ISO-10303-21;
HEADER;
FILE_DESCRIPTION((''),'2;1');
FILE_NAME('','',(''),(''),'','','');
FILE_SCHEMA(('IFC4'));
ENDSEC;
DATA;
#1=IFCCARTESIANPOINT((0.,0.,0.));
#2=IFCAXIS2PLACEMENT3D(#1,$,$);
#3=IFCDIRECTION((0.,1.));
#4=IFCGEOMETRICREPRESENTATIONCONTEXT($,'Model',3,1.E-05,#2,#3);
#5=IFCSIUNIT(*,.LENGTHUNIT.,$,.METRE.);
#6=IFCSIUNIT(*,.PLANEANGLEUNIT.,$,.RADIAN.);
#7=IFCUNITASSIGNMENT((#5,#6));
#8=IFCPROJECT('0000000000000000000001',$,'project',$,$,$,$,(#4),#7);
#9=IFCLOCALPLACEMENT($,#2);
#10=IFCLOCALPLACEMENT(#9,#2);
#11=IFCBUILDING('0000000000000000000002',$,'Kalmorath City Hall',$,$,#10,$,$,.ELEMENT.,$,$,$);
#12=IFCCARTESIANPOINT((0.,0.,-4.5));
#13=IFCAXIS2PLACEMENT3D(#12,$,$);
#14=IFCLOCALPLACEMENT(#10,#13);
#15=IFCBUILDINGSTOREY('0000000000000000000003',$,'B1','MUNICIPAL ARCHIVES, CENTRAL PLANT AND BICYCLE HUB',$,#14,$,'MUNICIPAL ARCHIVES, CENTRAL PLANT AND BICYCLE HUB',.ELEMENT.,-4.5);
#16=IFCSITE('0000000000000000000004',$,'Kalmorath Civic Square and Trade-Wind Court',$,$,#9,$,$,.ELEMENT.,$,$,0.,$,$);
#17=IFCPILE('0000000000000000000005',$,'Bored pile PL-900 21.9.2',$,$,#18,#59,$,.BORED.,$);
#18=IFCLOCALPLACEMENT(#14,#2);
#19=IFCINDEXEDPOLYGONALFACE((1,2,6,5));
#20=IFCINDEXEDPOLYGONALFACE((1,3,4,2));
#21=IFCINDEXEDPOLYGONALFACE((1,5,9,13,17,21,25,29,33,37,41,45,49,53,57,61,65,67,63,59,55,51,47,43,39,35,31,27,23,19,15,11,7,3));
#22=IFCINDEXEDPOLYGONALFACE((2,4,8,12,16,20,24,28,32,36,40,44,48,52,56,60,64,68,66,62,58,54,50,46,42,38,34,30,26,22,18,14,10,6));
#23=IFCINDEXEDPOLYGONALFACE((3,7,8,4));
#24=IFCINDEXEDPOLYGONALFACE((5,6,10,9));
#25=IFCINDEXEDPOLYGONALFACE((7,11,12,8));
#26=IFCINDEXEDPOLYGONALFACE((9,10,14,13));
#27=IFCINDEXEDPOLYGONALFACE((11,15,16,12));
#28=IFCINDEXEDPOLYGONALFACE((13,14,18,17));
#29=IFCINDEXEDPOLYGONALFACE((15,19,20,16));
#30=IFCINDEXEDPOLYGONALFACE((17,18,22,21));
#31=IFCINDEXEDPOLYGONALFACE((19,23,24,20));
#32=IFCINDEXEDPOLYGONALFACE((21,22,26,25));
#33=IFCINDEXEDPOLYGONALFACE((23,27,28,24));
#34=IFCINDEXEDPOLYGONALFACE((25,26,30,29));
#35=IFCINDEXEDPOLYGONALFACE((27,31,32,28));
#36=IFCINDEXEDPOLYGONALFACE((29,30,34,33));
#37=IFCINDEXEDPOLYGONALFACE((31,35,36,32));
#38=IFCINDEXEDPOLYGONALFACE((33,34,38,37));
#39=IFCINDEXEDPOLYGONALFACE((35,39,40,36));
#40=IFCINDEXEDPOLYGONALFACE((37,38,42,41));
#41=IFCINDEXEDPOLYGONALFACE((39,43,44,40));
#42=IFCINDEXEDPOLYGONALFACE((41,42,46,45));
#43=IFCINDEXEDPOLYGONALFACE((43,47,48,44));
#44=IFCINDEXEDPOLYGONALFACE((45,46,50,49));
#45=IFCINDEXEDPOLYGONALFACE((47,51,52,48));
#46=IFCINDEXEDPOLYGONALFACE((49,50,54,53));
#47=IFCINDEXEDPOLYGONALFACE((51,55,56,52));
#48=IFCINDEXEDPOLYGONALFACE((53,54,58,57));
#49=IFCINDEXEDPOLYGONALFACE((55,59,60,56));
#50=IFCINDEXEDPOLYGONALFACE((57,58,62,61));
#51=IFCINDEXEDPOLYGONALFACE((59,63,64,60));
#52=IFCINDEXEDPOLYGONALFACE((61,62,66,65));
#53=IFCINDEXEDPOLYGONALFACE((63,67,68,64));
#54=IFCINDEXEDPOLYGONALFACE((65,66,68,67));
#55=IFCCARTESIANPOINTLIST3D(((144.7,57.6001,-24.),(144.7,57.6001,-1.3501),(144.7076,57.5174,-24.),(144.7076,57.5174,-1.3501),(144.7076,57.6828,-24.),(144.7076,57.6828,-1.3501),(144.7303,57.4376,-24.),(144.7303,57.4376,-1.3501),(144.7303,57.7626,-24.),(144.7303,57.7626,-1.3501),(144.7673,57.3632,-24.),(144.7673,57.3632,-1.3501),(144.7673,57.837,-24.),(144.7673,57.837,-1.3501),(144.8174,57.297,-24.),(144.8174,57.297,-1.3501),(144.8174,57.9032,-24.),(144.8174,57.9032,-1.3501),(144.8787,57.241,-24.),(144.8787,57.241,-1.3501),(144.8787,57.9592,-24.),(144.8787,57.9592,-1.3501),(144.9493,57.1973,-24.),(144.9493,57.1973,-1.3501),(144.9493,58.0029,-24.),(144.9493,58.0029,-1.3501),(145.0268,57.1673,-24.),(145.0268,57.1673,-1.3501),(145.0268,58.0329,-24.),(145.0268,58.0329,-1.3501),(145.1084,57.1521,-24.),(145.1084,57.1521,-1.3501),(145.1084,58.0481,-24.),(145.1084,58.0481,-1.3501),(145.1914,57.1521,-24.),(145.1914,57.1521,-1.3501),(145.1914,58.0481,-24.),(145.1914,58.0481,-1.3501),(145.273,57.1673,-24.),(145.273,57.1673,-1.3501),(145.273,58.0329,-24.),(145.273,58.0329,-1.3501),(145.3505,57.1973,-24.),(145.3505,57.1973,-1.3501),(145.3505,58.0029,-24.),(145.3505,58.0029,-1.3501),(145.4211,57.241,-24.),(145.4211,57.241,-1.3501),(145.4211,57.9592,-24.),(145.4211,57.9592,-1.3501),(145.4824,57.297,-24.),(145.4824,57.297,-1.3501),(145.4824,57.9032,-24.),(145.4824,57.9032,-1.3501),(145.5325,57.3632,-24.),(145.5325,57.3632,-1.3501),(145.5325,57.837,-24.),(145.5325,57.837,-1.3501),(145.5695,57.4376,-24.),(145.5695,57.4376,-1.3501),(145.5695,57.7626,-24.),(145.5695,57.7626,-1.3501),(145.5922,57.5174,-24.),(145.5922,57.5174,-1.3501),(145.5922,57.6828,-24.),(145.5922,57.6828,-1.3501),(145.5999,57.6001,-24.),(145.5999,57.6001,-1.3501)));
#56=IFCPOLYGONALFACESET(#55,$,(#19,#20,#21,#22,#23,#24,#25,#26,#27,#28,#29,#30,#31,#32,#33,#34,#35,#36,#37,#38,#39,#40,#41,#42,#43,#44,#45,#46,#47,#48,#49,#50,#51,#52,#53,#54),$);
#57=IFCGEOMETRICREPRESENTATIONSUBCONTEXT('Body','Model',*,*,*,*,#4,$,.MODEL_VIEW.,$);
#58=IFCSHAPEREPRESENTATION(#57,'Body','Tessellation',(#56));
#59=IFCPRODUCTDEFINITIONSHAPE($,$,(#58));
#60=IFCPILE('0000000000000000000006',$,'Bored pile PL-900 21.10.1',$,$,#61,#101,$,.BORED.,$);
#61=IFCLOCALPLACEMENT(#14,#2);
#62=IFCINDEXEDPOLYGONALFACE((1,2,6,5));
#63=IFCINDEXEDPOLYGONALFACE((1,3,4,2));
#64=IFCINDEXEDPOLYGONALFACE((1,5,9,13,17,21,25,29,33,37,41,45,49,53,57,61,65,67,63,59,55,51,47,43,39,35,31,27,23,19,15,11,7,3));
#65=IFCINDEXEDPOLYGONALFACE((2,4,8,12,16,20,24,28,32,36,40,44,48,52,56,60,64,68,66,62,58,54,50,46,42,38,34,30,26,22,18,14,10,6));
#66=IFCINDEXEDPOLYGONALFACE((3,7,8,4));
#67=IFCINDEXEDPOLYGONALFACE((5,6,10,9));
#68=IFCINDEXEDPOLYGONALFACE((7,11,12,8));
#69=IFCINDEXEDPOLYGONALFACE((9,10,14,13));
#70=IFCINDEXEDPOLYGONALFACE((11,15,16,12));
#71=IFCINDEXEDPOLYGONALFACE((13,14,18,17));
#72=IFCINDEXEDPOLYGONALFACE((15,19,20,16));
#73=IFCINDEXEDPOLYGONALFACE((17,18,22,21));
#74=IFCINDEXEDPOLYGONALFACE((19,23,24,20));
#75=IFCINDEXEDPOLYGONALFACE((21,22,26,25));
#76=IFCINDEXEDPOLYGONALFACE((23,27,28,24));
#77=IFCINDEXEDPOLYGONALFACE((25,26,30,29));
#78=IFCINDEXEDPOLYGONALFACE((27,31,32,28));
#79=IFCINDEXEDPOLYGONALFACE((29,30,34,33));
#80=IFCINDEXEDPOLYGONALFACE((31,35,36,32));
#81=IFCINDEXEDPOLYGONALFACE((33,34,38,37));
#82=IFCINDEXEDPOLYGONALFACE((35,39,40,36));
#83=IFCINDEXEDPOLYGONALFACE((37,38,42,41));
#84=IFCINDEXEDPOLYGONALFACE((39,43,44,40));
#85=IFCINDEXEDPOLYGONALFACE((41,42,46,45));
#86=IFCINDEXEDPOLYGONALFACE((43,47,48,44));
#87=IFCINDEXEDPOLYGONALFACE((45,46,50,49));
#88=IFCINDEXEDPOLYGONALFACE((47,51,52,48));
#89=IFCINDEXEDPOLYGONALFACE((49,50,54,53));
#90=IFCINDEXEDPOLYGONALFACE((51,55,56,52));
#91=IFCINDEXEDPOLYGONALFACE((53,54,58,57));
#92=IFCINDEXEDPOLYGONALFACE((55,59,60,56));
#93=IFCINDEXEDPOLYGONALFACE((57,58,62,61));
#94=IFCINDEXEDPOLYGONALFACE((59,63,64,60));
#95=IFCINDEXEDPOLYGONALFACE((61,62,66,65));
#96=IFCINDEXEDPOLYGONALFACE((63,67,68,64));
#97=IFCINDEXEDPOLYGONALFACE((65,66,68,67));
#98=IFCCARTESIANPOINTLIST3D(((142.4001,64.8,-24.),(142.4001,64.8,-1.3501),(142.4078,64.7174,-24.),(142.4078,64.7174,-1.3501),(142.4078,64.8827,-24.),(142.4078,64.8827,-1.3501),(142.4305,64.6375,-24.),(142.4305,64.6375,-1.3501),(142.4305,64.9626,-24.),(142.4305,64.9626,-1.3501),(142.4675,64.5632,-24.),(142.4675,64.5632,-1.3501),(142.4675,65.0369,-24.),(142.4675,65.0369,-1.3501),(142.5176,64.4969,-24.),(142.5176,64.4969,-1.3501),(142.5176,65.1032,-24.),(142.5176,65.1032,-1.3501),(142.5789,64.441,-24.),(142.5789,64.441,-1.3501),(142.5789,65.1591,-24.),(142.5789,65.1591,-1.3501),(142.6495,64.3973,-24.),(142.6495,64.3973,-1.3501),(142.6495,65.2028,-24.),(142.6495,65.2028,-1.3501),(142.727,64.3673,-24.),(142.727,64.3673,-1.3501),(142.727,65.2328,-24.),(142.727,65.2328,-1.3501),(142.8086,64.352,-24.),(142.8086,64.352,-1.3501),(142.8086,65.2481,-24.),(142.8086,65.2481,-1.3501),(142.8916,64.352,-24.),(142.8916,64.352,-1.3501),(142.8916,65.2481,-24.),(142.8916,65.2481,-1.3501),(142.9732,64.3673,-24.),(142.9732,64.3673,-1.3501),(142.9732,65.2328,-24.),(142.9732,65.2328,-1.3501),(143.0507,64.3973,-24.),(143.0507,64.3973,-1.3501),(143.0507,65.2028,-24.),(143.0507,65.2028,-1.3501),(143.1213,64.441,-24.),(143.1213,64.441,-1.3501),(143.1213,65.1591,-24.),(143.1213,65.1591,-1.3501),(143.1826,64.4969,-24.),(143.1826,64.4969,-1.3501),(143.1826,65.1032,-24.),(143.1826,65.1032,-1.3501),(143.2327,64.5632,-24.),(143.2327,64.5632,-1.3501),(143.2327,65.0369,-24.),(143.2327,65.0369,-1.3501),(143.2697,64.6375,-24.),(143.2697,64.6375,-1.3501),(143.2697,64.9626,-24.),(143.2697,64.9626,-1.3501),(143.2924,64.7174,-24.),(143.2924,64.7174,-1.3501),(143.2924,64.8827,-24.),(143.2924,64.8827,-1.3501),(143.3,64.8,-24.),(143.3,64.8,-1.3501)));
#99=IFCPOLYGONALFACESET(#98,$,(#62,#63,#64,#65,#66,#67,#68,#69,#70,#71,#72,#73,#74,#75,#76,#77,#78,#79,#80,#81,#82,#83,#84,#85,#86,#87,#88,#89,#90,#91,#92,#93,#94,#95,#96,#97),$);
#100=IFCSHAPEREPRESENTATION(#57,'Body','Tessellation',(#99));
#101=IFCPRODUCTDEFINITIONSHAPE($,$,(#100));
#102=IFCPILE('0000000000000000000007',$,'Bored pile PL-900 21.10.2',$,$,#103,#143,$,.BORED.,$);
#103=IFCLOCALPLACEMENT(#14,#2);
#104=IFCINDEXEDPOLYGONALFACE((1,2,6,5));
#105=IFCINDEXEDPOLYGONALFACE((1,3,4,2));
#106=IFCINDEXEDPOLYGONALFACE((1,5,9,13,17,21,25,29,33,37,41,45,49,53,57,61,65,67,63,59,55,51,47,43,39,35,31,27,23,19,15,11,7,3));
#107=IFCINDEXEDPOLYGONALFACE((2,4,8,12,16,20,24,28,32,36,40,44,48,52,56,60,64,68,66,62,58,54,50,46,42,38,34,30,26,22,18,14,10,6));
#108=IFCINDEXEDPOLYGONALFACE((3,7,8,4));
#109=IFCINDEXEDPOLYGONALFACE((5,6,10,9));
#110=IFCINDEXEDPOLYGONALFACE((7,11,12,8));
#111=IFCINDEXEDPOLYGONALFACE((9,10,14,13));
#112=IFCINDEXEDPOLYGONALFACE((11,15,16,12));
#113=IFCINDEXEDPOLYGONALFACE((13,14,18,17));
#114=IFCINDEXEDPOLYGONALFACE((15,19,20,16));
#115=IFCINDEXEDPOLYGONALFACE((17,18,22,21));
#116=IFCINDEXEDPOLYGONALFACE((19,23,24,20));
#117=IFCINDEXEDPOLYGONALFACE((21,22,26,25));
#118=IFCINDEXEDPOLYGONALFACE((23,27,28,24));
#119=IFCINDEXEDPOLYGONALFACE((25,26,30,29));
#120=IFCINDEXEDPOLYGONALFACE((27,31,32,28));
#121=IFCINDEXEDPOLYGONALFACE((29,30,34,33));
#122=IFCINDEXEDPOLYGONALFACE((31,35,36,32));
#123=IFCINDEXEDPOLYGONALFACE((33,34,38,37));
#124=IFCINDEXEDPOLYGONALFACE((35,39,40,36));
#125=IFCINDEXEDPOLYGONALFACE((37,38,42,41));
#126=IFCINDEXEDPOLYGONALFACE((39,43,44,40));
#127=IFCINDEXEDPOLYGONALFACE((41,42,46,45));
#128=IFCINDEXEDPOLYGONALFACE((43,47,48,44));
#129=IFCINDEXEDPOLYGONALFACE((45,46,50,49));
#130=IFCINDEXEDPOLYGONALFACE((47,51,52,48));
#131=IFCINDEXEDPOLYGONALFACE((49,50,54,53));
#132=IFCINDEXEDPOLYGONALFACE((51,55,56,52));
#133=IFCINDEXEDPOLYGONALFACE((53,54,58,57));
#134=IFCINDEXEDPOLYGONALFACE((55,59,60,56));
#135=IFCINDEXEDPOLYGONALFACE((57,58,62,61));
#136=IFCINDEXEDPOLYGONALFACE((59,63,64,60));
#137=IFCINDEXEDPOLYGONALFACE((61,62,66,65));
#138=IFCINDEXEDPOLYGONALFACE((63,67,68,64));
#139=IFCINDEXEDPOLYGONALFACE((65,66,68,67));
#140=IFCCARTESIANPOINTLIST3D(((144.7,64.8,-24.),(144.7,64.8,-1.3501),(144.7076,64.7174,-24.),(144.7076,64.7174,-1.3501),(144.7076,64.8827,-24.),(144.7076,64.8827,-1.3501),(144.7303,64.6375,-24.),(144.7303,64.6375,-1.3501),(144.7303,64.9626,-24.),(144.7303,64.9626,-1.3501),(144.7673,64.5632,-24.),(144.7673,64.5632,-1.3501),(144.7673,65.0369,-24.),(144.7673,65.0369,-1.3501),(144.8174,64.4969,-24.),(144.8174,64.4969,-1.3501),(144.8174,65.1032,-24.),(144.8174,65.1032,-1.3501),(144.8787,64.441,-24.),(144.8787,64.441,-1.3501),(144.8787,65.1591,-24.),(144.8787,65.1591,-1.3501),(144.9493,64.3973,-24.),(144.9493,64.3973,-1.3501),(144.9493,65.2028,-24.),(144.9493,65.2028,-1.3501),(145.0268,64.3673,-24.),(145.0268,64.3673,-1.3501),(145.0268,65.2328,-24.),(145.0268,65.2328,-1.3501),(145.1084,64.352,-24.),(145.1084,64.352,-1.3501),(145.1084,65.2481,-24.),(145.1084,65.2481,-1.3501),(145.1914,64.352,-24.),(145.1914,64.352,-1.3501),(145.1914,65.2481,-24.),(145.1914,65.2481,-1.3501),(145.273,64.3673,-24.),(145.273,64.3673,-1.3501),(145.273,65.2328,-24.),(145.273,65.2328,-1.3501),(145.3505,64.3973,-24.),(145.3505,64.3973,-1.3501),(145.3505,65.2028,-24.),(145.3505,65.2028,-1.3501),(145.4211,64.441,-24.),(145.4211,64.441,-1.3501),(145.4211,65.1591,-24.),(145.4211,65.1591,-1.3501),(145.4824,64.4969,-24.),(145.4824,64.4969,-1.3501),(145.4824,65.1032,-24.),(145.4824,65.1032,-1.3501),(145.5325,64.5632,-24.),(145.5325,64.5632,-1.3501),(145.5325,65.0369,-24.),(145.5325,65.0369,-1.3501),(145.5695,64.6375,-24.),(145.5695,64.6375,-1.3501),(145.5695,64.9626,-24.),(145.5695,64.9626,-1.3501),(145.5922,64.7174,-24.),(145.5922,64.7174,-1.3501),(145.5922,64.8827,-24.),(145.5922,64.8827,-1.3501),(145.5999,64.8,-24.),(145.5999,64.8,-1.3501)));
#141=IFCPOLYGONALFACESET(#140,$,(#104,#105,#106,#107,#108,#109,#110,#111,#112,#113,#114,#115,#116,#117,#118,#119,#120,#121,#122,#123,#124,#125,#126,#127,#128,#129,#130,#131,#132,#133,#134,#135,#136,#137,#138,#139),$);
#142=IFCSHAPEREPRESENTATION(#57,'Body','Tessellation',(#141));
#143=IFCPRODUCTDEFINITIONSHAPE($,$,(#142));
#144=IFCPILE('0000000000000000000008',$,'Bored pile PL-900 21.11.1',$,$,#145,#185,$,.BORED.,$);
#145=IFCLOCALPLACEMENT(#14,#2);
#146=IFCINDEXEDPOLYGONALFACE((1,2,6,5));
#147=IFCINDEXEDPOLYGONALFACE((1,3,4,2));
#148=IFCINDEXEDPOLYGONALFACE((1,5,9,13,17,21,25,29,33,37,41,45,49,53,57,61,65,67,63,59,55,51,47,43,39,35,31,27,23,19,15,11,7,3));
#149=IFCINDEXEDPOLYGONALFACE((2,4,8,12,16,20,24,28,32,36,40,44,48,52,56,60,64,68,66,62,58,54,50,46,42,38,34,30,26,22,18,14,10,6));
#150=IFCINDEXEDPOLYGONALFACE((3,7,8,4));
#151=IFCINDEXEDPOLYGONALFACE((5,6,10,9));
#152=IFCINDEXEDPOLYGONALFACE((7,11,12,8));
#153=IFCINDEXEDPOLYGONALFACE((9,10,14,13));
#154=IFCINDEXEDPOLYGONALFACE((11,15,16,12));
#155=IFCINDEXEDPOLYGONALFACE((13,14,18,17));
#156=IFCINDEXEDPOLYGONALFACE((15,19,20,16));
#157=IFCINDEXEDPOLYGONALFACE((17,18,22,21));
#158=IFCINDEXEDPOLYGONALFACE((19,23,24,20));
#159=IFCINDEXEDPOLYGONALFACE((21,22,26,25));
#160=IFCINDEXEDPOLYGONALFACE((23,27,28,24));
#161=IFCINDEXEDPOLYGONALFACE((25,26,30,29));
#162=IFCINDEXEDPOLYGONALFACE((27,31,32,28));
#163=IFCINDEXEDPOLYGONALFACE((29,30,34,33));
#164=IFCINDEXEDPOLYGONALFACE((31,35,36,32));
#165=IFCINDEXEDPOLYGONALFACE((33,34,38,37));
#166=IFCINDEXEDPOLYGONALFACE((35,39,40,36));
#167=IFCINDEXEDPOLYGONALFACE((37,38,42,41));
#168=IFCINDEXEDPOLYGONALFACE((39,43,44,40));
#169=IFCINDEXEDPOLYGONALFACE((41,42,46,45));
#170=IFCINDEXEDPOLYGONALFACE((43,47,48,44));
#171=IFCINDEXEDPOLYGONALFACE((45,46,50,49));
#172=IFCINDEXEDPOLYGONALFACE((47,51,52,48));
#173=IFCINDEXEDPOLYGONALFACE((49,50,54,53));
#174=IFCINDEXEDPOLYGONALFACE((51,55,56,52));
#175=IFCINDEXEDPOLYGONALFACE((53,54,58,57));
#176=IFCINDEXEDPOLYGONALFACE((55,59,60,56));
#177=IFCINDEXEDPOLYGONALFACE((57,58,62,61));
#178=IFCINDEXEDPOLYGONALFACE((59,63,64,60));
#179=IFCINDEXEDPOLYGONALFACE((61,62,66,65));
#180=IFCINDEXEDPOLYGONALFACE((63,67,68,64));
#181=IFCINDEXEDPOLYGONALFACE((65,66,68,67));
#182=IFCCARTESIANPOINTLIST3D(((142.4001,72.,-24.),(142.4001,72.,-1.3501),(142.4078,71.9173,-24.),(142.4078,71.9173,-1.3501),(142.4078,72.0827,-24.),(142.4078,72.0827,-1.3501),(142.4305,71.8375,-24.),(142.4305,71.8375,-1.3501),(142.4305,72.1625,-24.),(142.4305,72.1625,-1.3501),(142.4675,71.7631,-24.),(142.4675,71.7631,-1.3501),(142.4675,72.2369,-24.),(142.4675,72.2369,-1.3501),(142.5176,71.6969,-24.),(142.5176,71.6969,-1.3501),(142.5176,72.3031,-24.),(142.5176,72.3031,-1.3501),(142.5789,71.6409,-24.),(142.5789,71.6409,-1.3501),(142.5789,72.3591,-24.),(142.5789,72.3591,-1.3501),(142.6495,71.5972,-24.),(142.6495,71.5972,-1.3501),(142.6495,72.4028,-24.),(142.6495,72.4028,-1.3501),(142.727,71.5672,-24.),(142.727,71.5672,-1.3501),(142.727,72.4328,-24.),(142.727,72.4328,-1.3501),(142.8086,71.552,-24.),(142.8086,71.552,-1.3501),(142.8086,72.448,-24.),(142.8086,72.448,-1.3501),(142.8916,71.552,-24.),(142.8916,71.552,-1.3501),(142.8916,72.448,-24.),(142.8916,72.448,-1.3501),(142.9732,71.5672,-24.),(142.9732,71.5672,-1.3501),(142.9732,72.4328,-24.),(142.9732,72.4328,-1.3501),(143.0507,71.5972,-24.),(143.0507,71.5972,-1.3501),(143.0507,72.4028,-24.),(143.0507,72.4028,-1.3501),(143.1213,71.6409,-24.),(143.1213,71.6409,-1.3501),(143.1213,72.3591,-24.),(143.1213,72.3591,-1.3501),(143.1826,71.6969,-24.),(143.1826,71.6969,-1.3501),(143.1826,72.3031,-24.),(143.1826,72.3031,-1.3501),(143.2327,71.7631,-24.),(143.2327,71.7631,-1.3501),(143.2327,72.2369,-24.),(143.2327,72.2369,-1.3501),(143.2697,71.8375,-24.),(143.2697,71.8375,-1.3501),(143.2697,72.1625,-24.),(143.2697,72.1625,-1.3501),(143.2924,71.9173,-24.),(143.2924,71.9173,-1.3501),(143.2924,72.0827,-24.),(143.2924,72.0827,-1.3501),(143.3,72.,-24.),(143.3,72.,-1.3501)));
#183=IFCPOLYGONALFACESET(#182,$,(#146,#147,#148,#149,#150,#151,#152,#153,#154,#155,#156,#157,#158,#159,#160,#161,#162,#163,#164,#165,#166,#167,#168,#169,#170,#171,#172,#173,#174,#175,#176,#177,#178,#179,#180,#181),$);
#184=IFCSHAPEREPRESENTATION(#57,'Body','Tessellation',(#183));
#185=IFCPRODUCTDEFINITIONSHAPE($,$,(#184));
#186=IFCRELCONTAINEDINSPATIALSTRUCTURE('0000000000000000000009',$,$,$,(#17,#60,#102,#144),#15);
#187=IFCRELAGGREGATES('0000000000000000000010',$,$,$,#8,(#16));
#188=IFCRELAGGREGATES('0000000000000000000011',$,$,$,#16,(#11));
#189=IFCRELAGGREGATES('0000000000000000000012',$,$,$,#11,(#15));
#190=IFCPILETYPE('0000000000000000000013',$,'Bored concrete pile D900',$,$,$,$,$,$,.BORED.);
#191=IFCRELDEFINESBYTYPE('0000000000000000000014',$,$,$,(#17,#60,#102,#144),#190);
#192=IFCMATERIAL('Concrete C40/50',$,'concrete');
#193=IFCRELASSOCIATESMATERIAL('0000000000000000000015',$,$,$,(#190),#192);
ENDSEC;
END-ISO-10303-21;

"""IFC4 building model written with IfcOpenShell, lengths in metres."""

from ifc_helpers import new_model, si_unit, direction, frame, origin, origin_2d, place, context, subcontext, project, spatial, circle, extrude, material, material_profile, profile_set, type_object, element, save


model = new_model("IFC4")

# Units and contexts
model_context = context("Model", 3, precision=1e-05, world=origin(), true_north=direction((0.0, 1.0)))
body_context = subcontext(model_context, "Body", "Model", "MODEL_VIEW")
ifc_project = project(units=[si_unit("LENGTHUNIT", "METRE"), si_unit("PLANEANGLEUNIT", "RADIAN")], contexts=[model_context])

# Site, building, storey
site_placement = place(None, origin())
site = spatial("IfcSite", under=ifc_project, at=site_placement, Name="Kalmorath Civic Square and Trade-Wind Court", CompositionType="ELEMENT", RefElevation=0.0)
building_placement = place(site_placement, origin())
building = spatial("IfcBuilding", under=site, at=building_placement, Name="Kalmorath City Hall", CompositionType="ELEMENT")
storey_placement = place(building_placement, frame((0.0, 0.0, -4.5)))
storey = spatial("IfcBuildingStorey", under=building, at=storey_placement, Name="B1", Description="MUNICIPAL ARCHIVES, CENTRAL PLANT AND BICYCLE HUB", LongName="MUNICIPAL ARCHIVES, CENTRAL PLANT AND BICYCLE HUB", CompositionType="ELEMENT", Elevation=-4.5)

# Piles
ifc_material_1 = material(Name="Concrete C40/50", Category="concrete")
ifc_material_profile_1 = material_profile(ifc_material_1, circle(Radius=0.45, at=origin_2d()), Name="PILE-D900")
ifc_profile_set_1 = profile_set([ifc_material_profile_1], Name="Concrete C40/50")
pile_type = type_object("IfcPileType", Name="Bored concrete pile D900", PredefinedType="BORED", material=ifc_profile_set_1)
for number, where, z_axis, x_axis, name in (
    (1, (145.1499, 57.6001, -1.3501), (0.0, 0.0, -1.0), (1.0, 0.0, 0.0), "Bored pile PL-900 21.9.2"),
    (2, (142.8501, 64.8, -1.3501), (0.0, 0.0, -1.0), (1.0, 0.0, 0.0), "Bored pile PL-900 21.10.1"),
    (3, (145.1499, 64.8, -1.3501), (0.0, 0.0, -1.0), (1.0, 0.0, 0.0), "Bored pile PL-900 21.10.2"),
    (4, (142.8501, 72.0, -1.3501), (0.0, 0.0, -1.0), (1.0, 0.0, 0.0), "Bored pile PL-900 21.11.1"),
):
    element("IfcPile", number, at=place(storey_placement, frame(where, z_axis=z_axis, x_axis=x_axis)), inside=storey, type_object=pile_type, Name=name, PredefinedType="BORED", context=body_context, shape_type="SweptSolid", body=[
        extrude(circle(Radius=0.45, at=origin_2d()), origin(), (0.0, 0.0, 1.0), 22.6499),
    ])

save(model, "model.ifc")
